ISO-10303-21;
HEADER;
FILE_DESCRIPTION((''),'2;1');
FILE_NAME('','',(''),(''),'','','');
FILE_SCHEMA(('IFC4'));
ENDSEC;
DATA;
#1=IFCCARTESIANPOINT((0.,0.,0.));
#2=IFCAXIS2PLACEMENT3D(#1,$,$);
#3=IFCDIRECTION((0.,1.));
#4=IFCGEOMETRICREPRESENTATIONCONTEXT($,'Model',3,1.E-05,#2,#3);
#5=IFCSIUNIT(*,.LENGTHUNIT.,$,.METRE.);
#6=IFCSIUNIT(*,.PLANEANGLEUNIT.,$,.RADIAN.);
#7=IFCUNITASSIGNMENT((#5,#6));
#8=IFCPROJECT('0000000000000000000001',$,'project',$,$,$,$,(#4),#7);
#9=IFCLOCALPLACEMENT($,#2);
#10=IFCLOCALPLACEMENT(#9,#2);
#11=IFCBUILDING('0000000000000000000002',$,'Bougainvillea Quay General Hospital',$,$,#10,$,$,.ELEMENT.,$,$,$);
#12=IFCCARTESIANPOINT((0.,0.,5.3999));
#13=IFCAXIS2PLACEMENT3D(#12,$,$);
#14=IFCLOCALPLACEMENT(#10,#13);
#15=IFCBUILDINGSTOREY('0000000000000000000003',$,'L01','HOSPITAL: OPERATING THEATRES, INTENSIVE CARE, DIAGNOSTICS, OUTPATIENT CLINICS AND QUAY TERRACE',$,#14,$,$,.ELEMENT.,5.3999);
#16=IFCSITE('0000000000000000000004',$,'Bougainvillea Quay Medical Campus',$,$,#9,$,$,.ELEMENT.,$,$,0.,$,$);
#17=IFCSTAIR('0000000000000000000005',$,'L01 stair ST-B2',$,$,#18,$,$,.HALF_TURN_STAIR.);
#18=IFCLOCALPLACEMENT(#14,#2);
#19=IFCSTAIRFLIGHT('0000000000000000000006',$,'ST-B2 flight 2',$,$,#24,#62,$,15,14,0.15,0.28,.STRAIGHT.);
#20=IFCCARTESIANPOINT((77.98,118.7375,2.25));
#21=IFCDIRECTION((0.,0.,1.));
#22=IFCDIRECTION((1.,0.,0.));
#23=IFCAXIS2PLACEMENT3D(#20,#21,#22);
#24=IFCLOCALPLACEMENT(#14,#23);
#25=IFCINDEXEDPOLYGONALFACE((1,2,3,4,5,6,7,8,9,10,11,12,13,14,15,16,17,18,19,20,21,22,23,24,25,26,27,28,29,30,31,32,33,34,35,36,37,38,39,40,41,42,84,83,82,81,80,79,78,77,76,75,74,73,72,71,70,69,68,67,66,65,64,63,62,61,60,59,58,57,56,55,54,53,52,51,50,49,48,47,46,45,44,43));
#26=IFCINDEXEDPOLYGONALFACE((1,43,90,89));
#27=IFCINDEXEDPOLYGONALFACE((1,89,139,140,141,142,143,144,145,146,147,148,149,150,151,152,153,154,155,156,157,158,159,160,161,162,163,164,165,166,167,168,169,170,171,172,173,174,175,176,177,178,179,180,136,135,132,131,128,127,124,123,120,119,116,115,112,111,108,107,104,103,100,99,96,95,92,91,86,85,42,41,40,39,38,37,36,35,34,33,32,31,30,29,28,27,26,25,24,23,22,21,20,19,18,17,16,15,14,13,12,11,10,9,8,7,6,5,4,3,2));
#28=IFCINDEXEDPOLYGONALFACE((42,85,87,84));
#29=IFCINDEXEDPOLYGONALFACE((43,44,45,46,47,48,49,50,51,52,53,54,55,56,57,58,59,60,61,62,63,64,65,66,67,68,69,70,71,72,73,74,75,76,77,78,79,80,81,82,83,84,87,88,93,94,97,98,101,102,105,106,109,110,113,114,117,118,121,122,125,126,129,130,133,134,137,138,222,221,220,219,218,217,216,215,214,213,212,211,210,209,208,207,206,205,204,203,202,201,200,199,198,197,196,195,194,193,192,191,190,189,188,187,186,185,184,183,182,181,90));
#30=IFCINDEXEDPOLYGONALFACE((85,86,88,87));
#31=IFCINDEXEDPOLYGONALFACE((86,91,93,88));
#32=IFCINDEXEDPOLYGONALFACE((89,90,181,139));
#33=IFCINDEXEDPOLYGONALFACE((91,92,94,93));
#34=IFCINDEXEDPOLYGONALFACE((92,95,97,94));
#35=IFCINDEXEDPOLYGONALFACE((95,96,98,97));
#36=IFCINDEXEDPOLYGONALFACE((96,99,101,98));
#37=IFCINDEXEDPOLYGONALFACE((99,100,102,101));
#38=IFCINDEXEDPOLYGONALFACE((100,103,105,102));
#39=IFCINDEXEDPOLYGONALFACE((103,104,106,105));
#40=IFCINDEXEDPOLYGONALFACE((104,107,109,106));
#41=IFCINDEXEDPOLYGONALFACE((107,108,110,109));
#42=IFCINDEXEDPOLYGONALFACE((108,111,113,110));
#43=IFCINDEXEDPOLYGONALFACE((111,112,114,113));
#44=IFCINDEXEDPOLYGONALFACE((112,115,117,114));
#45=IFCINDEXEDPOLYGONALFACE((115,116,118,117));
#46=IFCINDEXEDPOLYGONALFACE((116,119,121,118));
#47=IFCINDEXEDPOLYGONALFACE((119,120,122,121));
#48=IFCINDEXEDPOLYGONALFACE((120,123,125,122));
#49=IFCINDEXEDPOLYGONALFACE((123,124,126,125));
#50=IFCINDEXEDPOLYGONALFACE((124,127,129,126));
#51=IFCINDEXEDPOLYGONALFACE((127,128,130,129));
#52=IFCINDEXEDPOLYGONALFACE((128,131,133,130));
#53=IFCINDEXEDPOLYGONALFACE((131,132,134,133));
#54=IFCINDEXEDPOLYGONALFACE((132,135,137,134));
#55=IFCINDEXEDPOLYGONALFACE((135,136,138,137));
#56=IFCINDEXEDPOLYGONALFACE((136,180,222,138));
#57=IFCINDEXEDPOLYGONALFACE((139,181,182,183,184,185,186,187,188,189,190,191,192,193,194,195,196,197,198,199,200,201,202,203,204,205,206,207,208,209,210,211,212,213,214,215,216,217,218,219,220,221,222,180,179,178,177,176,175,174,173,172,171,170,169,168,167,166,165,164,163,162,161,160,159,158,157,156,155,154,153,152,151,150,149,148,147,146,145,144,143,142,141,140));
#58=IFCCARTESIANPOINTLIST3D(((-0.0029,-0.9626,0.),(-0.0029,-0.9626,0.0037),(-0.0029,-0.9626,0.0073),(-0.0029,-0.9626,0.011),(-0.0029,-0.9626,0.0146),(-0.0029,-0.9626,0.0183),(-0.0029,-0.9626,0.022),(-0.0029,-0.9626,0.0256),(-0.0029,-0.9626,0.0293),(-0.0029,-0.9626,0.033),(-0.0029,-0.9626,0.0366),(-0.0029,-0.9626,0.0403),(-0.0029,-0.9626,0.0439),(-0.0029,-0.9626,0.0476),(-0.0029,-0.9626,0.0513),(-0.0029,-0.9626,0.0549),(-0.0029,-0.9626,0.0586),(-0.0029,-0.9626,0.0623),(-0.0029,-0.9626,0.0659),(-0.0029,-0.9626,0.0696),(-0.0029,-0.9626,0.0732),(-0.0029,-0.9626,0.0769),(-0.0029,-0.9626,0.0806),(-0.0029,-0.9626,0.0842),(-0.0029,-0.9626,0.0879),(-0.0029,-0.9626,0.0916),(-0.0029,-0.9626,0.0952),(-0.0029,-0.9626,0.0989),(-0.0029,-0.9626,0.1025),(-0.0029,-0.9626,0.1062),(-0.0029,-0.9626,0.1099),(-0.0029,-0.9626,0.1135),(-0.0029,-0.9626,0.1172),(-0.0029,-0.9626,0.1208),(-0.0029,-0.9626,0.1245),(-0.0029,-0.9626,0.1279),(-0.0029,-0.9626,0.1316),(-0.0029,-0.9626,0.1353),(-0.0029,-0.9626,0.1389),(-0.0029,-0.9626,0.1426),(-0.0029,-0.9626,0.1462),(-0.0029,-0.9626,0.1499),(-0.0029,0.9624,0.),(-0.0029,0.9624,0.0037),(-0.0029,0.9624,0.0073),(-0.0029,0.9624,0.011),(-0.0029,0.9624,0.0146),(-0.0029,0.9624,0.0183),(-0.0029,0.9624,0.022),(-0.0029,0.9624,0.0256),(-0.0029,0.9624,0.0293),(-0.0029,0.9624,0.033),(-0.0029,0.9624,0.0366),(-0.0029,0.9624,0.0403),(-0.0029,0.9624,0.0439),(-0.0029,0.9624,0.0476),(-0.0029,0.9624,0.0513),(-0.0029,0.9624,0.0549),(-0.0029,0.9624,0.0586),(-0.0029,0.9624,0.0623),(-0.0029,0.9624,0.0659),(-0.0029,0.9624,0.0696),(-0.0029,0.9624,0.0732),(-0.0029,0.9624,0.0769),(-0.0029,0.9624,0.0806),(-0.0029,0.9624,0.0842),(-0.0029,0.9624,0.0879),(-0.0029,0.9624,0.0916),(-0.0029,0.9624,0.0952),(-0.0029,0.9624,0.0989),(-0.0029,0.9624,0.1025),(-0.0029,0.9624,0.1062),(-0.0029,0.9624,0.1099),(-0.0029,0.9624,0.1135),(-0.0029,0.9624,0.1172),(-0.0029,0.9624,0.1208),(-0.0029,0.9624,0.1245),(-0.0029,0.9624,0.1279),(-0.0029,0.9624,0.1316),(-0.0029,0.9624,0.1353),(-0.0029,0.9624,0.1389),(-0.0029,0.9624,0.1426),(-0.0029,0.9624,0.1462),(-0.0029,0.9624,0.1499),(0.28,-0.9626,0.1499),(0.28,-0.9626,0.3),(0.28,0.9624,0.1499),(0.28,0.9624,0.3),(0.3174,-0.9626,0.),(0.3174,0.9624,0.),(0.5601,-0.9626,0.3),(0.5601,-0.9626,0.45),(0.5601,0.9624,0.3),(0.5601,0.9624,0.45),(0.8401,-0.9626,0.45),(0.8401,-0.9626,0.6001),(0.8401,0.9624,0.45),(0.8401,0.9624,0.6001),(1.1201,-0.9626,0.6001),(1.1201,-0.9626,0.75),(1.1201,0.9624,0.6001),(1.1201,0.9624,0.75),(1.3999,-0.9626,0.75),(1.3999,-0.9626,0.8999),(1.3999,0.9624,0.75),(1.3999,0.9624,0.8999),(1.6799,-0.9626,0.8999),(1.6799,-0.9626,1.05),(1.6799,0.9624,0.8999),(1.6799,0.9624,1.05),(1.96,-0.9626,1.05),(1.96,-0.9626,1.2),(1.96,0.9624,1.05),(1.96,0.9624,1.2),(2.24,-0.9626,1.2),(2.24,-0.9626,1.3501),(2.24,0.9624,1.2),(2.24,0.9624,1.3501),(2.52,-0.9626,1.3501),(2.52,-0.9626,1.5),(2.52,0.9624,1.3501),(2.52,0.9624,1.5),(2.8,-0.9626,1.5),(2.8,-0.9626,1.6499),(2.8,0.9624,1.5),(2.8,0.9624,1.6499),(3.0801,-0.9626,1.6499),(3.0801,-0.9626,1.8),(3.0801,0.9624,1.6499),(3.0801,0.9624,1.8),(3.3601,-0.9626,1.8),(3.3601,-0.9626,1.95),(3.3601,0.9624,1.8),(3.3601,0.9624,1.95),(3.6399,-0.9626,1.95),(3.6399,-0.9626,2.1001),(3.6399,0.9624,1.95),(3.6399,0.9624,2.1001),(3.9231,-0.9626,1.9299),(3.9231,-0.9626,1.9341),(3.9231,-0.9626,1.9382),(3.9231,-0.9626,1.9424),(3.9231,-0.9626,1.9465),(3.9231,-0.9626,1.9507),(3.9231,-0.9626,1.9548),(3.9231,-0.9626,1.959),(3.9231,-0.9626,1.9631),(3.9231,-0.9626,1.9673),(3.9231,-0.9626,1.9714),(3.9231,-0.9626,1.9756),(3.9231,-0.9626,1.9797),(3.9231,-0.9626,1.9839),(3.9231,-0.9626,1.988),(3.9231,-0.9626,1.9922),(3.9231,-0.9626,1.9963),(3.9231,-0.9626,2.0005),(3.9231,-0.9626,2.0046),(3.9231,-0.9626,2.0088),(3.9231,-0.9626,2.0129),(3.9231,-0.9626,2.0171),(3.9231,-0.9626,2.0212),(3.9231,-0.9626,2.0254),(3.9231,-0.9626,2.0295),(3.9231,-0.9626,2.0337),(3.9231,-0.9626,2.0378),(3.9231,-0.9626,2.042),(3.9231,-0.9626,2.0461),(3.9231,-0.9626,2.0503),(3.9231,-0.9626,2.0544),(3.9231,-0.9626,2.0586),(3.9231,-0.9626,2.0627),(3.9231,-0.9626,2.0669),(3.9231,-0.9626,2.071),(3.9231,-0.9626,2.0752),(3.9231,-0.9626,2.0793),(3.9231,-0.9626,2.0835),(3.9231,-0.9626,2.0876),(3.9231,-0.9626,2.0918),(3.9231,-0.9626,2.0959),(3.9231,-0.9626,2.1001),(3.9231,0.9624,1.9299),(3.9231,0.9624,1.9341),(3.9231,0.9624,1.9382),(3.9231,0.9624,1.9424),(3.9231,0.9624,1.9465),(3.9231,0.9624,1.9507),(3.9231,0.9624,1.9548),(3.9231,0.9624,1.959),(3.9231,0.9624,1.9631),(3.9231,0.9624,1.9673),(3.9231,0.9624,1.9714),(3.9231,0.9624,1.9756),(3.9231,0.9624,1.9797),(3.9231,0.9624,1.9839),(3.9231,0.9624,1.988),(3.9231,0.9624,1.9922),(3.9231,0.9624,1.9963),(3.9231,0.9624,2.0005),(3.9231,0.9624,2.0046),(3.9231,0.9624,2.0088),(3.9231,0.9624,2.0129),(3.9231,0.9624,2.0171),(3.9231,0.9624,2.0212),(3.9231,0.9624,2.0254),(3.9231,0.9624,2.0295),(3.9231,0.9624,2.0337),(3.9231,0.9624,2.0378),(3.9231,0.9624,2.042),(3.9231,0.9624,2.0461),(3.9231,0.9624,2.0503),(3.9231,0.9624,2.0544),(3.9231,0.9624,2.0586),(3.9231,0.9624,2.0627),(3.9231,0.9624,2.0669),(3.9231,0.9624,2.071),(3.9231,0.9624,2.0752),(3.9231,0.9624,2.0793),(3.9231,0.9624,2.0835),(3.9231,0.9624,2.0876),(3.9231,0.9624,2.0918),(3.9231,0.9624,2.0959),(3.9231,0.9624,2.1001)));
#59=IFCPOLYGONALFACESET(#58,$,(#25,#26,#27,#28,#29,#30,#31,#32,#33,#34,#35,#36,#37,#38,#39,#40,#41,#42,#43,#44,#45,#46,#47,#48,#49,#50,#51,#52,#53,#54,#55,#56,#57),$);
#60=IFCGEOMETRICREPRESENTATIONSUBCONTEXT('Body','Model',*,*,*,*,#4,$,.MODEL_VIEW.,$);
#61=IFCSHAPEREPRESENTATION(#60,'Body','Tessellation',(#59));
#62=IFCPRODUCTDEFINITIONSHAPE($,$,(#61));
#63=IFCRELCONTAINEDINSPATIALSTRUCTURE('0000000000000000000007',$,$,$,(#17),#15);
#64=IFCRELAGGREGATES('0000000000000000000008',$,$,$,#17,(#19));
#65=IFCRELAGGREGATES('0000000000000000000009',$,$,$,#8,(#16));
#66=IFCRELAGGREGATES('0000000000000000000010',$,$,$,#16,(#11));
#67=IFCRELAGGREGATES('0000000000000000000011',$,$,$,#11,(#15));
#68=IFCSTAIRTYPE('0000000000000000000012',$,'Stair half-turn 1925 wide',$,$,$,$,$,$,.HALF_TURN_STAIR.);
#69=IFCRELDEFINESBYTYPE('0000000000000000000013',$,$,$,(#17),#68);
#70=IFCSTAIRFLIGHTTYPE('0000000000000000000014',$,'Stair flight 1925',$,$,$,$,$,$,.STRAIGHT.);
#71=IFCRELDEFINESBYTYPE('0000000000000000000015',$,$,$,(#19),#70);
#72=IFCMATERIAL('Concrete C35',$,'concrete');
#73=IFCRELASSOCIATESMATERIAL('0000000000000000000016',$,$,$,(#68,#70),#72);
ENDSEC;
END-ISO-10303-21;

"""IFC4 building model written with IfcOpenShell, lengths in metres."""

from ifc_helpers import new_model, si_unit, direction, frame, origin, place, context, subcontext, project, spatial, polyline, outline, extrude, material, type_object, element, aggregate, save


model = new_model("IFC4")

# Units and contexts
model_context = context("Model", 3, precision=1e-05, world=origin(), true_north=direction((0.0, 1.0)))
body_context = subcontext(model_context, "Body", "Model", "MODEL_VIEW")
ifc_project = project(units=[si_unit("LENGTHUNIT", "METRE"), si_unit("PLANEANGLEUNIT", "RADIAN")], contexts=[model_context])

# Site, building, storey
site_placement = place(None, origin())
site = spatial("IfcSite", under=ifc_project, at=site_placement, Name="Bougainvillea Quay Medical Campus", CompositionType="ELEMENT", RefElevation=0.0)
building_placement = place(site_placement, origin())
building = spatial("IfcBuilding", under=site, at=building_placement, Name="Bougainvillea Quay General Hospital", CompositionType="ELEMENT")
storey_placement = place(building_placement, frame((0.0, 0.0, 5.3999)))
storey = spatial("IfcBuildingStorey", under=building, at=storey_placement, Name="L01", Description="HOSPITAL: OPERATING THEATRES, INTENSIVE CARE, DIAGNOSTICS, OUTPATIENT CLINICS AND QUAY TERRACE", CompositionType="ELEMENT", Elevation=5.3999)

# Stair, stair flight
ifc_material_1 = material(Name="Concrete C35", Category="concrete")
stair_type = type_object("IfcStairType", Name="Stair half-turn 1925 wide", PredefinedType="HALF_TURN_STAIR", material=ifc_material_1)
stair_placement = place(storey_placement, origin())
stair = element("IfcStair", 1, at=stair_placement, inside=storey, type_object=stair_type, Name="L01 stair ST-B2", PredefinedType="HALF_TURN_STAIR")
stair_flight_type = type_object("IfcStairFlightType", Name="Stair flight 1925", PredefinedType="STRAIGHT", material=ifc_material_1)
stair_flight_1_placement = place(storey_placement, frame((77.98, 118.7375, 2.25), z_axis=(0.0, 0.0, 1.0), x_axis=(1.0, 0.0, 0.0)))
stair_flight_1 = element("IfcStairFlight", 2, at=stair_flight_1_placement, type_object=stair_flight_type, Name="ST-B2 flight 2", NumberOfRisers=15, NumberOfTreads=14, PredefinedType="STRAIGHT", RiserHeight=0.15, TreadLength=0.28, context=body_context, shape_type="SweptSolid", body=[
    extrude(outline(polyline([(-0.0029, 0.0), (-0.0029, 0.0037), (-0.0029, 0.0073), (-0.0029, 0.011), (-0.0029, 0.0146), (-0.0029, 0.0183), (-0.0029, 0.022), (-0.0029, 0.0256), (-0.0029, 0.0293), (-0.0029, 0.033), (-0.0029, 0.0366), (-0.0029, 0.0403), (-0.0029, 0.0439), (-0.0029, 0.0476), (-0.0029, 0.0513), (-0.0029, 0.0549), (-0.0029, 0.0586), (-0.0029, 0.0623), (-0.0029, 0.0659), (-0.0029, 0.0696), (-0.0029, 0.0732), (-0.0029, 0.0769), (-0.0029, 0.0806), (-0.0029, 0.0842), (-0.0029, 0.0879), (-0.0029, 0.0916), (-0.0029, 0.0952), (-0.0029, 0.0989), (-0.0029, 0.1025), (-0.0029, 0.1062), (-0.0029, 0.1099), (-0.0029, 0.1135), (-0.0029, 0.1172), (-0.0029, 0.1208), (-0.0029, 0.1245), (-0.0029, 0.1279), (-0.0029, 0.1316), (-0.0029, 0.1353), (-0.0029, 0.1389), (-0.0029, 0.1426), (-0.0029, 0.1462), (-0.0029, 0.1499), (0.28, 0.1499), (0.28, 0.3), (0.5601, 0.3), (0.5601, 0.45), (0.8401, 0.45), (0.8401, 0.6001), (1.1201, 0.6001), (1.1201, 0.75), (1.3999, 0.75), (1.3999, 0.8999), (1.6799, 0.8999), (1.6799, 1.05), (1.96, 1.05), (1.96, 1.2), (2.24, 1.2), (2.24, 1.3501), (2.52, 1.3501), (2.52, 1.5), (2.8, 1.5), (2.8, 1.6499), (3.0801, 1.6499), (3.0801, 1.8), (3.3601, 1.8), (3.3601, 1.95), (3.6399, 1.95), (3.6399, 2.1001), (3.9231, 2.1001), (3.9231, 2.0959), (3.9231, 2.0918), (3.9231, 2.0876), (3.9231, 2.0835), (3.9231, 2.0793), (3.9231, 2.0752), (3.9231, 2.071), (3.9231, 2.0669), (3.9231, 2.0627), (3.9231, 2.0586), (3.9231, 2.0544), (3.9231, 2.0503), (3.9231, 2.0461), (3.9231, 2.042), (3.9231, 2.0378), (3.9231, 2.0337), (3.9231, 2.0295), (3.9231, 2.0254), (3.9231, 2.0212), (3.9231, 2.0171), (3.9231, 2.0129), (3.9231, 2.0088), (3.9231, 2.0046), (3.9231, 2.0005), (3.9231, 1.9963), (3.9231, 1.9922), (3.9231, 1.988), (3.9231, 1.9839), (3.9231, 1.9797), (3.9231, 1.9756), (3.9231, 1.9714), (3.9231, 1.9673), (3.9231, 1.9631), (3.9231, 1.959), (3.9231, 1.9548), (3.9231, 1.9507), (3.9231, 1.9465), (3.9231, 1.9424), (3.9231, 1.9382), (3.9231, 1.9341), (3.9231, 1.9299), (0.3174, 0.0), (-0.0029, 0.0)])), frame((0.0, 0.9624, 0.0), z_axis=(0.0, -1.0, 0.0), x_axis=(1.0, 0.0, 0.0)), (0.0, 0.0, 1.0), 1.925),
])
aggregate(stair, [stair_flight_1])

save(model, "model.ifc")
